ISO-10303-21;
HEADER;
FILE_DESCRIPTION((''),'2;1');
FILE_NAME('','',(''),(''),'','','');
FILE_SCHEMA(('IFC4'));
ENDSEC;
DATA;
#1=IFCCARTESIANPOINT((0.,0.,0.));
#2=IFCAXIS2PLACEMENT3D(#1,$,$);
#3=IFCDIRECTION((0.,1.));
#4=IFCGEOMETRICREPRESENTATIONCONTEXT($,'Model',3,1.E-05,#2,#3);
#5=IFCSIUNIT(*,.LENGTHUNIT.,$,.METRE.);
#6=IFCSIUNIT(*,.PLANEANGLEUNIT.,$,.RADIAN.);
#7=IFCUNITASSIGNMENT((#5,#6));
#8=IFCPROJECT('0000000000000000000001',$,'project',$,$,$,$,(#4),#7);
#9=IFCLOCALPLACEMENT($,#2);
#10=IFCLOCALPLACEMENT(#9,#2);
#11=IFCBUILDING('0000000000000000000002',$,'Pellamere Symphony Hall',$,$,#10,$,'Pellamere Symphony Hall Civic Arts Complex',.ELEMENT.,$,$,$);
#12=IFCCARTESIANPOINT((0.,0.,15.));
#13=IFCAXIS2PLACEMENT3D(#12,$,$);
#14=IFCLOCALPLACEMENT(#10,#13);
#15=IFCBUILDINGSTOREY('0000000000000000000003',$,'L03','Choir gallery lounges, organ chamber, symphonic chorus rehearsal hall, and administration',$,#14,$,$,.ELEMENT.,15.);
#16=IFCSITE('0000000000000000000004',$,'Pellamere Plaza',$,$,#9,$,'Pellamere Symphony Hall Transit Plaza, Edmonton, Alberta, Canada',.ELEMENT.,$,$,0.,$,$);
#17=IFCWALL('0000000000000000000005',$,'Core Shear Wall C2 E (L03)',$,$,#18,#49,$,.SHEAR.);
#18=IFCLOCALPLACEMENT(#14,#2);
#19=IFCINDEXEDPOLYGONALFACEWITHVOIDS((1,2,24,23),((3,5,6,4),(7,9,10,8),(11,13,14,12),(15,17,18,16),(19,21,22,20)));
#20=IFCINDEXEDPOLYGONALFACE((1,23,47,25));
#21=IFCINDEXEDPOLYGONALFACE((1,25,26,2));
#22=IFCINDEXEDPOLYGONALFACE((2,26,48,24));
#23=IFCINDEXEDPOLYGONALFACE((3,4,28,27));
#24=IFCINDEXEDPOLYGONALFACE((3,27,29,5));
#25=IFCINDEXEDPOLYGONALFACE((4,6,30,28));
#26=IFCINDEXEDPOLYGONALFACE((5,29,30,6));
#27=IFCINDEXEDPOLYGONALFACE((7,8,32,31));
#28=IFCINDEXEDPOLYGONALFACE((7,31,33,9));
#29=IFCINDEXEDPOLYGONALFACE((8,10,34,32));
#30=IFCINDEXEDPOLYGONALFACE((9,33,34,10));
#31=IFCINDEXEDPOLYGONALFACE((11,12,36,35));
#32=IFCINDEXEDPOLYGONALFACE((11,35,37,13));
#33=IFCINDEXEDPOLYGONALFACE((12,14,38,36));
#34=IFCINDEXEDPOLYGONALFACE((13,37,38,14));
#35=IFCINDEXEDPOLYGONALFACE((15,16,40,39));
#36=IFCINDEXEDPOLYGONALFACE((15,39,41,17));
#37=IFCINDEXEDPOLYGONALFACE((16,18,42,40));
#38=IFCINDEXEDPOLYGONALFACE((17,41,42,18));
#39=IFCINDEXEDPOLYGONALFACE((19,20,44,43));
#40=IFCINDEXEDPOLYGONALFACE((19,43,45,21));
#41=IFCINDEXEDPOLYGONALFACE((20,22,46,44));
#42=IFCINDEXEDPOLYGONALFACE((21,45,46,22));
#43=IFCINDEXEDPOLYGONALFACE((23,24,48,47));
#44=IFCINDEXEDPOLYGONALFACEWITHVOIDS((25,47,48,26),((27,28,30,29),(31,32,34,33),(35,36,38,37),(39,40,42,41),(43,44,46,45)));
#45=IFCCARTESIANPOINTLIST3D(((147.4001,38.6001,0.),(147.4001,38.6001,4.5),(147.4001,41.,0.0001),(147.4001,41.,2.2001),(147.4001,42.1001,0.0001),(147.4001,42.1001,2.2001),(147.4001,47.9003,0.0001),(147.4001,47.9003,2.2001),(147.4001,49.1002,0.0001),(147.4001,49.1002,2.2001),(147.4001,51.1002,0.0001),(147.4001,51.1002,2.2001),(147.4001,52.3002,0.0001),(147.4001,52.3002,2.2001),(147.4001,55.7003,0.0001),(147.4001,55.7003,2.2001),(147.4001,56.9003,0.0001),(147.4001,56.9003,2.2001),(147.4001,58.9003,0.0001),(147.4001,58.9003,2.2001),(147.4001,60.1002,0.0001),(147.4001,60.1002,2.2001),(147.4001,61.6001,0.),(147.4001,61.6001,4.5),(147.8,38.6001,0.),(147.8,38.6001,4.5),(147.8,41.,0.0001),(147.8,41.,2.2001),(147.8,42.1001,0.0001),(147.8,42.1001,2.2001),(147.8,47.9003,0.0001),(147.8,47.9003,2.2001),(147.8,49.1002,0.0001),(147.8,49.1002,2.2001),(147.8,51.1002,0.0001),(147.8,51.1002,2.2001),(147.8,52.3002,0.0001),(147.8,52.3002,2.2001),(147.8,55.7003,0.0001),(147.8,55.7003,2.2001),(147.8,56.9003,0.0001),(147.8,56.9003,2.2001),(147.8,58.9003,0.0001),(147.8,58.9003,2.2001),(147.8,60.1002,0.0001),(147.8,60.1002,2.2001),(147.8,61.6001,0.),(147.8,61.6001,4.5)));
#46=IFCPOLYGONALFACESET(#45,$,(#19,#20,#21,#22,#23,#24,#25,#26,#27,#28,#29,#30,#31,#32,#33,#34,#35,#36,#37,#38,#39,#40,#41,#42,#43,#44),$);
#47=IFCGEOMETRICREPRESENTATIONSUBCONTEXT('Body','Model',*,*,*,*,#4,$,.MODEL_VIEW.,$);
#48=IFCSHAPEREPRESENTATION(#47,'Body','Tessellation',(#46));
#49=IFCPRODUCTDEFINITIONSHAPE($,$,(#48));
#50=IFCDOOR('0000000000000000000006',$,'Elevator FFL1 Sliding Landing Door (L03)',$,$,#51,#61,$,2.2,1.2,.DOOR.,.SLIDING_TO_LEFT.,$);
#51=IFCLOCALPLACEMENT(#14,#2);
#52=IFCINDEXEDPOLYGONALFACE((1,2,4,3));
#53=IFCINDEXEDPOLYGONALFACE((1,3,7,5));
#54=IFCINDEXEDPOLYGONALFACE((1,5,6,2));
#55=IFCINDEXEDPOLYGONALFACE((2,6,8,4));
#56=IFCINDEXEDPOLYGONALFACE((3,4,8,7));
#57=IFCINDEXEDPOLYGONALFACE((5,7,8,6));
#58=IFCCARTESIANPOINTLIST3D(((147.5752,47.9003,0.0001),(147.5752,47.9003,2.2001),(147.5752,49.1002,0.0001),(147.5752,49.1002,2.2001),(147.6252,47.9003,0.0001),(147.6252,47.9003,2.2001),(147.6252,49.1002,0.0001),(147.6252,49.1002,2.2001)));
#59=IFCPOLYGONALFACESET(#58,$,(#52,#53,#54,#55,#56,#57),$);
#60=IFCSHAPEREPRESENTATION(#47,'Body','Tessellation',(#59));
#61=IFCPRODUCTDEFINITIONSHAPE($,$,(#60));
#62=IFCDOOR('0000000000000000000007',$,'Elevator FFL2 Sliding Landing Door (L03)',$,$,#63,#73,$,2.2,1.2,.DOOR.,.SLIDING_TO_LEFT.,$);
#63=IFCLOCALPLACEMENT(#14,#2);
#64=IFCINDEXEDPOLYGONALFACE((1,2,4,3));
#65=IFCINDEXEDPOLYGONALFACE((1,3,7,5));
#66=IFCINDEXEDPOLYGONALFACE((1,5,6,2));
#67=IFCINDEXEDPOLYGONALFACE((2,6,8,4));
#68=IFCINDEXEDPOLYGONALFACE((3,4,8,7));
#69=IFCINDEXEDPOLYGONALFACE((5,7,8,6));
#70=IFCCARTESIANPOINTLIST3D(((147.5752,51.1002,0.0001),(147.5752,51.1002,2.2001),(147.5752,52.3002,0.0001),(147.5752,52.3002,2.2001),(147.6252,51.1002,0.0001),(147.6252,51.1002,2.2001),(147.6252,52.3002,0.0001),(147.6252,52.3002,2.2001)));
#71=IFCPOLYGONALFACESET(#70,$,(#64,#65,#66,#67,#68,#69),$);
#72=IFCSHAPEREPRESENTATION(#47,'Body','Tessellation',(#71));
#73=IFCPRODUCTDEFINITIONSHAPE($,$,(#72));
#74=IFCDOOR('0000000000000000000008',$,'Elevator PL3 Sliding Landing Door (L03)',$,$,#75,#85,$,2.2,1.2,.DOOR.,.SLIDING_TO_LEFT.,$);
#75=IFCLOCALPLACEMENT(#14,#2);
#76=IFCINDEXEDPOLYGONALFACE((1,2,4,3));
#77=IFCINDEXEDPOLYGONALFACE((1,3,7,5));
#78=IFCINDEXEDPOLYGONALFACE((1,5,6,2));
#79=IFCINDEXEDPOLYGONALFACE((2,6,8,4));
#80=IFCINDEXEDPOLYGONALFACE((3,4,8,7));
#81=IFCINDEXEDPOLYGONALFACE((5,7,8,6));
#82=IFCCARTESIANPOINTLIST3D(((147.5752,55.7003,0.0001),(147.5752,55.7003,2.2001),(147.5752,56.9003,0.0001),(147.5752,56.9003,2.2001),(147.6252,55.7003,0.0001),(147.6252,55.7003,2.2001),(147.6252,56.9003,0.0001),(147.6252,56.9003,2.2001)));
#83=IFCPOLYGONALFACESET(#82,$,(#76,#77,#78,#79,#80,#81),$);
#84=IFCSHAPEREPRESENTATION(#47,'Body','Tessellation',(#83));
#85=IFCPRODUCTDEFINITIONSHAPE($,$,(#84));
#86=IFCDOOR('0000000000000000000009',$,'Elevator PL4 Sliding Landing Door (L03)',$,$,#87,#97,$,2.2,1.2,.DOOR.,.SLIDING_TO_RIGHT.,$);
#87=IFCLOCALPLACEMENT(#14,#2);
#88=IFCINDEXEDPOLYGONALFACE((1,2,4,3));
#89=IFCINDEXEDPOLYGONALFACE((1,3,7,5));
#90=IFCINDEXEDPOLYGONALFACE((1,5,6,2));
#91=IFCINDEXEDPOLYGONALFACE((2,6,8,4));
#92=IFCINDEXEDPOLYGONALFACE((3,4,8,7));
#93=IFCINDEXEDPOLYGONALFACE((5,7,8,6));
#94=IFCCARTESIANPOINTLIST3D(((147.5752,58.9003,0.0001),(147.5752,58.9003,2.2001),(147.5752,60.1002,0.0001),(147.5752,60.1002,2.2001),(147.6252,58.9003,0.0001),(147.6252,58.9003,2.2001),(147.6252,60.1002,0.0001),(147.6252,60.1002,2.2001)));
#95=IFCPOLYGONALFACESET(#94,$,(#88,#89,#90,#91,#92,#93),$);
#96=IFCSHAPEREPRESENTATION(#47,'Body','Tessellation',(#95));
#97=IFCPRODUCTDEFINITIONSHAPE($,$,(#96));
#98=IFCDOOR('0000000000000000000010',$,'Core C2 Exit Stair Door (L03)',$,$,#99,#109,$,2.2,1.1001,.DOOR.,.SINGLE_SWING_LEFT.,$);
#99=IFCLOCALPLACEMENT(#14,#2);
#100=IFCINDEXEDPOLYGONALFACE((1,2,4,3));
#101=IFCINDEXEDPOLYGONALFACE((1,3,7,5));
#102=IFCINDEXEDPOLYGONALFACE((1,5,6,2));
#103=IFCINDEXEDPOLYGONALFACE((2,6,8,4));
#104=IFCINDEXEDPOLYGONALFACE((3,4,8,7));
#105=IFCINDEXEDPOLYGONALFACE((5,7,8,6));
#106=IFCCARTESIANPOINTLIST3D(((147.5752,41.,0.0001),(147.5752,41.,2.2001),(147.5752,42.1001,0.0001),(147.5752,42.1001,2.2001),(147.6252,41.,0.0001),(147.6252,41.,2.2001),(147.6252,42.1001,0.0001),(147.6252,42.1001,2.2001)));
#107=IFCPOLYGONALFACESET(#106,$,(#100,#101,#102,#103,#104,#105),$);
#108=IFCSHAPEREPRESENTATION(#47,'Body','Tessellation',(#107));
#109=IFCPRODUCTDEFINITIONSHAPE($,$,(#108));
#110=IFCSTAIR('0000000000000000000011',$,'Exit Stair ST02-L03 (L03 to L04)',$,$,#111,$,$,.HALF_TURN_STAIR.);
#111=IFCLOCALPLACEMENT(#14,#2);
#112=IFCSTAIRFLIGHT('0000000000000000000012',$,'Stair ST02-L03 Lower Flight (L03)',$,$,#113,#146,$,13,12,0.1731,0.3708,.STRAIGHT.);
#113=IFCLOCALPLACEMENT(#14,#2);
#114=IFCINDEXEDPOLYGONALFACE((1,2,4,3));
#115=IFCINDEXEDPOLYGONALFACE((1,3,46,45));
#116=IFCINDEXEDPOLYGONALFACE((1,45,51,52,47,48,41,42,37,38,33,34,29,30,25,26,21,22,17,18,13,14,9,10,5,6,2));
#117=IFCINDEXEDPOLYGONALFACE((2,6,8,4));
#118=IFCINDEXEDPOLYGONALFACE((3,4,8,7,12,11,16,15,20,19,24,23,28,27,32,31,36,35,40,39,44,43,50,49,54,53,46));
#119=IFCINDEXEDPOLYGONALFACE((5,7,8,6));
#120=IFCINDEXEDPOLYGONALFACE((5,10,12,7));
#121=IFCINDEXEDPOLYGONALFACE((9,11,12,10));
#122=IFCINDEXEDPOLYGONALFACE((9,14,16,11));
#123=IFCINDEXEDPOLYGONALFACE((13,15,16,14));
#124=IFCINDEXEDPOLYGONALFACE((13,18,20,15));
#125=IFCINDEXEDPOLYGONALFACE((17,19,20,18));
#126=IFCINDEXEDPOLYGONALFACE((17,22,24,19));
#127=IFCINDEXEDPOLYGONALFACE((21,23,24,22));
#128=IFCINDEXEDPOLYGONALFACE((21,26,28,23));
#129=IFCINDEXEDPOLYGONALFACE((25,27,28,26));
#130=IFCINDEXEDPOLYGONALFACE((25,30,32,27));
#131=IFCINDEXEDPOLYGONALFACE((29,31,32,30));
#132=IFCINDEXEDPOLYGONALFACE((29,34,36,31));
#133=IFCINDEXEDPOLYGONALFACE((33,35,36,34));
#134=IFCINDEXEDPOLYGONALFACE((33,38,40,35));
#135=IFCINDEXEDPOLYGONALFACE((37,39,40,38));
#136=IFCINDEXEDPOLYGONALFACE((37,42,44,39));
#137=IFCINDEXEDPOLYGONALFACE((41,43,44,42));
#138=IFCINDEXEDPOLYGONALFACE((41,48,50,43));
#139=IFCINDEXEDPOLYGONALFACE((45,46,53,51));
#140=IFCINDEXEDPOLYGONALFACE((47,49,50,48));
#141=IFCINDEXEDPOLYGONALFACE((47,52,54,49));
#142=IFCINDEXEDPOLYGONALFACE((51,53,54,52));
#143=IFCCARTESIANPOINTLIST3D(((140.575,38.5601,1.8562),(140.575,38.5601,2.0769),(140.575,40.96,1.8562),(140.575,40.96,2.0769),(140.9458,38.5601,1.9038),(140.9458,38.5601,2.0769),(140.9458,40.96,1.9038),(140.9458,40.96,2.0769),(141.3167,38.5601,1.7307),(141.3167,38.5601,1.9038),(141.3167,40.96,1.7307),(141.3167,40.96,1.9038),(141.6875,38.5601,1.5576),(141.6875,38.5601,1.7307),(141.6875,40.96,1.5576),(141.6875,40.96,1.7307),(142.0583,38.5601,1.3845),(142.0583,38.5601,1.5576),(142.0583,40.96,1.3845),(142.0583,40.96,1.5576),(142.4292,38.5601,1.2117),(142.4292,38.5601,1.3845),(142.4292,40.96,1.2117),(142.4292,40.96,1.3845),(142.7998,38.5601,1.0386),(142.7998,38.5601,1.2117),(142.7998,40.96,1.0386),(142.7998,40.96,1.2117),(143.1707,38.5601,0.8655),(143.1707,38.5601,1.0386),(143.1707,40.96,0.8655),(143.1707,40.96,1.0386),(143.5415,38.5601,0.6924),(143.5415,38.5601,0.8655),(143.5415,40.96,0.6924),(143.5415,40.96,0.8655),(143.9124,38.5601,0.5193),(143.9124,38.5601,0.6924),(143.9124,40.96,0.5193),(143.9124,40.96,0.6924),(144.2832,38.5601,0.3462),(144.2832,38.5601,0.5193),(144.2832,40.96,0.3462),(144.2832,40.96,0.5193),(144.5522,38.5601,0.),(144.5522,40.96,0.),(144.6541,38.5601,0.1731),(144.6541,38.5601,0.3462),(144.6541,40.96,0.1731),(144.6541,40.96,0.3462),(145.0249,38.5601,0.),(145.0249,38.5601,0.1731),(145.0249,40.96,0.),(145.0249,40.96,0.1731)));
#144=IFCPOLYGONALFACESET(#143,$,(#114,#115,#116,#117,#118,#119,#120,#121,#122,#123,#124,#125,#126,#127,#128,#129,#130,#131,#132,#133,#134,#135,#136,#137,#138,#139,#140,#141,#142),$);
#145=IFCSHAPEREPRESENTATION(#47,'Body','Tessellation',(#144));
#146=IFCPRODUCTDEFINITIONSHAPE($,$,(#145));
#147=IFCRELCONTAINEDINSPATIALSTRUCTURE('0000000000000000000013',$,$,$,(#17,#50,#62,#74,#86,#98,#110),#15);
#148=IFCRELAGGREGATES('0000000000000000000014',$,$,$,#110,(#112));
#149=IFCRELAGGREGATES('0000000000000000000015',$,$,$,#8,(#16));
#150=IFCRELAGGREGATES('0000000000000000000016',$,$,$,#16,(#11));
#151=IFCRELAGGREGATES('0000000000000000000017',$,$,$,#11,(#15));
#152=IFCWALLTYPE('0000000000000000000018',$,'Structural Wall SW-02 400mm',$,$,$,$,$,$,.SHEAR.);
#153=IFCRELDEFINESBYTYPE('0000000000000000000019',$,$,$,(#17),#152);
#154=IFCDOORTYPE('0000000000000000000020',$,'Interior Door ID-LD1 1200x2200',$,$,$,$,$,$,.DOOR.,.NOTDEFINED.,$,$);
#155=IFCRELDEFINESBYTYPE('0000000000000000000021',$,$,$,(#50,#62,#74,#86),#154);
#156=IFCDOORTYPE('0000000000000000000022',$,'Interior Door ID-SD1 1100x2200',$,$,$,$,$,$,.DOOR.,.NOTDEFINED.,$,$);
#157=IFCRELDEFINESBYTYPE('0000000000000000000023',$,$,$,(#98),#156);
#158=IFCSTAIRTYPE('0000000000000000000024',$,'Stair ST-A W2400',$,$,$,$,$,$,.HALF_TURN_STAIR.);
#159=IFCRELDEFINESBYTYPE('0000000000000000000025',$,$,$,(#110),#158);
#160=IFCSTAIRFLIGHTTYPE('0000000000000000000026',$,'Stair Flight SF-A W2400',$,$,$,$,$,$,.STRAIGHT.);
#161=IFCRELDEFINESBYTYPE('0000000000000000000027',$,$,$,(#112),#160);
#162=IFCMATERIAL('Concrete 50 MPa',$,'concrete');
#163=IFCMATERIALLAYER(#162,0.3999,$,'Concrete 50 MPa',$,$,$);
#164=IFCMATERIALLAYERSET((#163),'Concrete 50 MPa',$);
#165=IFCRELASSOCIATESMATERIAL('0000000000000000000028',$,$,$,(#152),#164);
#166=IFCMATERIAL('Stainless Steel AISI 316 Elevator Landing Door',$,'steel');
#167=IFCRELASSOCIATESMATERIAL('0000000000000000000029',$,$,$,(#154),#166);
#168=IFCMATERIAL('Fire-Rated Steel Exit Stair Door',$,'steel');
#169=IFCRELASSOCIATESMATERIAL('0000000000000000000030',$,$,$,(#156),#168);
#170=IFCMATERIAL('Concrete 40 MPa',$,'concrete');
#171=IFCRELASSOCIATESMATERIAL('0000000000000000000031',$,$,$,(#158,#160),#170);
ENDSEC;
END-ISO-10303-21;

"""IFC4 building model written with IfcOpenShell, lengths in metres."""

from ifc_helpers import new_model, si_unit, direction, frame, frame_2d, origin, place, context, subcontext, project, spatial, polyline, rectangle, outline, extrude, material, layer, layer_set, type_object, element, fill, aggregate, save


model = new_model("IFC4")

# Units and contexts
model_context = context("Model", 3, precision=1e-05, world=origin(), true_north=direction((0.0, 1.0)))
body_context = subcontext(model_context, "Body", "Model", "MODEL_VIEW")
ifc_project = project(units=[si_unit("LENGTHUNIT", "METRE"), si_unit("PLANEANGLEUNIT", "RADIAN")], contexts=[model_context])

# Site, building, storey
site_placement = place(None, origin())
site = spatial("IfcSite", under=ifc_project, at=site_placement, Name="Pellamere Plaza", LongName="Pellamere Symphony Hall Transit Plaza, Edmonton, Alberta, Canada", CompositionType="ELEMENT", RefElevation=0.0)
building_placement = place(site_placement, origin())
building = spatial("IfcBuilding", under=site, at=building_placement, Name="Pellamere Symphony Hall", LongName="Pellamere Symphony Hall Civic Arts Complex", CompositionType="ELEMENT")
storey_placement = place(building_placement, frame((0.0, 0.0, 15.0)))
storey = spatial("IfcBuildingStorey", under=building, at=storey_placement, Name="L03", Description="Choir gallery lounges, organ chamber, symphonic chorus rehearsal hall, and administration", CompositionType="ELEMENT", Elevation=15.0)

# Shared definitions
ifc_material_1 = material(Name="Concrete 40 MPa", Category="concrete")

# Wall, openings, doors
ifc_material_2 = material(Name="Concrete 50 MPa", Category="concrete")
ifc_layer_1 = layer(ifc_material_2, 0.3999, Name="Concrete 50 MPa")
ifc_layer_set_1 = layer_set([ifc_layer_1], Name="Concrete 50 MPa")
wall_type_1 = type_object("IfcWallType", Name="Structural Wall SW-02 400mm", PredefinedType="SHEAR", material=ifc_layer_set_1)
wall_1_placement = place(storey_placement, frame((147.6001, 38.6001, 0.0), z_axis=(0.0, 0.0, 1.0), x_axis=(0.0, 1.0, 0.0)))
wall_1 = element("IfcWall", 1, at=wall_1_placement, inside=storey, type_object=wall_type_1, Name="Core Shear Wall C2 E (L03)", PredefinedType="SHEAR", context=body_context, shape_type="SweptSolid", body=[
    extrude(rectangle(XDim=23.0, YDim=0.3999, at=frame_2d((11.5, 0.0))), origin(), (0.0, 0.0, 1.0), 4.5),
])
opening_1_placement = place(wall_1_placement, frame((9.3, 0.0, 0.0)))
opening_1 = element("IfcOpeningElement", 2, at=opening_1_placement, cuts=wall_1, PredefinedType="OPENING", context=body_context, shape_type="SweptSolid", body=[
    extrude(rectangle(XDim=1.2, YDim=2.2, at=frame_2d((0.6001, 1.1001))), frame((0.0, 0.21, 0.0), z_axis=(0.0, -1.0, 0.0), x_axis=(1.0, 0.0, 0.0)), (0.0, 0.0, 1.0), 0.4199),
])
opening_2_placement = place(wall_1_placement, frame((12.5, 0.0, 0.0)))
opening_2 = element("IfcOpeningElement", 3, at=opening_2_placement, cuts=wall_1, PredefinedType="OPENING", context=body_context, shape_type="SweptSolid", body=[
    extrude(rectangle(XDim=1.2, YDim=2.2, at=frame_2d((0.6001, 1.1001))), frame((0.0, 0.21, 0.0), z_axis=(0.0, -1.0, 0.0), x_axis=(1.0, 0.0, 0.0)), (0.0, 0.0, 1.0), 0.4199),
])
opening_3_placement = place(wall_1_placement, frame((17.1001, 0.0, 0.0)))
opening_3 = element("IfcOpeningElement", 4, at=opening_3_placement, cuts=wall_1, PredefinedType="OPENING", context=body_context, shape_type="SweptSolid", body=[
    extrude(rectangle(XDim=1.2, YDim=2.2, at=frame_2d((0.6001, 1.1001))), frame((0.0, 0.21, 0.0), z_axis=(0.0, -1.0, 0.0), x_axis=(1.0, 0.0, 0.0)), (0.0, 0.0, 1.0), 0.4199),
])
opening_4_placement = place(wall_1_placement, frame((20.3, 0.0, 0.0)))
opening_4 = element("IfcOpeningElement", 5, at=opening_4_placement, cuts=wall_1, PredefinedType="OPENING", context=body_context, shape_type="SweptSolid", body=[
    extrude(rectangle(XDim=1.2, YDim=2.2, at=frame_2d((0.6001, 1.1001))), frame((0.0, 0.21, 0.0), z_axis=(0.0, -1.0, 0.0), x_axis=(1.0, 0.0, 0.0)), (0.0, 0.0, 1.0), 0.4199),
])
opening_5_placement = place(wall_1_placement, frame((2.3999, 0.0, 0.0)))
opening_5 = element("IfcOpeningElement", 6, at=opening_5_placement, cuts=wall_1, PredefinedType="OPENING", context=body_context, shape_type="SweptSolid", body=[
    extrude(rectangle(XDim=1.1001, YDim=2.2, at=frame_2d((0.55, 1.1001))), frame((0.0, 0.21, 0.0), z_axis=(0.0, -1.0, 0.0), x_axis=(1.0, 0.0, 0.0)), (0.0, 0.0, 1.0), 0.4199),
])
ifc_material_3 = material(Name="Stainless Steel AISI 316 Elevator Landing Door", Category="steel")
door_type_1 = type_object("IfcDoorType", Name="Interior Door ID-LD1 1200x2200", OperationType="NOTDEFINED", PredefinedType="DOOR", material=ifc_material_3)
door_1_placement = place(opening_1_placement, origin())
door_1 = element("IfcDoor", 7, at=door_1_placement, inside=storey, type_object=door_type_1, Name="Elevator FFL1 Sliding Landing Door (L03)", OperationType="SLIDING_TO_LEFT", OverallHeight=2.2, OverallWidth=1.2, PredefinedType="DOOR", context=body_context, shape_type="SweptSolid", body=[
    extrude(rectangle(XDim=1.2, YDim=2.2, at=frame_2d((0.6001, 1.1001))), frame((0.0, 0.0249, 0.0), z_axis=(0.0, -1.0, 0.0), x_axis=(1.0, 0.0, 0.0)), (0.0, 0.0, 1.0), 0.05),
])
fill(opening_1, door_1)
door_2_placement = place(opening_2_placement, origin())
door_2 = element("IfcDoor", 8, at=door_2_placement, inside=storey, type_object=door_type_1, Name="Elevator FFL2 Sliding Landing Door (L03)", OperationType="SLIDING_TO_LEFT", OverallHeight=2.2, OverallWidth=1.2, PredefinedType="DOOR", context=body_context, shape_type="SweptSolid", body=[
    extrude(rectangle(XDim=1.2, YDim=2.2, at=frame_2d((0.6001, 1.1001))), frame((0.0, 0.0249, 0.0), z_axis=(0.0, -1.0, 0.0), x_axis=(1.0, 0.0, 0.0)), (0.0, 0.0, 1.0), 0.05),
])
fill(opening_2, door_2)
door_3_placement = place(opening_3_placement, origin())
door_3 = element("IfcDoor", 9, at=door_3_placement, inside=storey, type_object=door_type_1, Name="Elevator PL3 Sliding Landing Door (L03)", OperationType="SLIDING_TO_LEFT", OverallHeight=2.2, OverallWidth=1.2, PredefinedType="DOOR", context=body_context, shape_type="SweptSolid", body=[
    extrude(rectangle(XDim=1.2, YDim=2.2, at=frame_2d((0.6001, 1.1001))), frame((0.0, 0.0249, 0.0), z_axis=(0.0, -1.0, 0.0), x_axis=(1.0, 0.0, 0.0)), (0.0, 0.0, 1.0), 0.05),
])
fill(opening_3, door_3)
door_4_placement = place(opening_4_placement, origin())
door_4 = element("IfcDoor", 10, at=door_4_placement, inside=storey, type_object=door_type_1, Name="Elevator PL4 Sliding Landing Door (L03)", OperationType="SLIDING_TO_RIGHT", OverallHeight=2.2, OverallWidth=1.2, PredefinedType="DOOR", context=body_context, shape_type="SweptSolid", body=[
    extrude(rectangle(XDim=1.2, YDim=2.2, at=frame_2d((0.6001, 1.1001))), frame((0.0, 0.0249, 0.0), z_axis=(0.0, -1.0, 0.0), x_axis=(1.0, 0.0, 0.0)), (0.0, 0.0, 1.0), 0.05),
])
fill(opening_4, door_4)
ifc_material_4 = material(Name="Fire-Rated Steel Exit Stair Door", Category="steel")
door_type_2 = type_object("IfcDoorType", Name="Interior Door ID-SD1 1100x2200", OperationType="NOTDEFINED", PredefinedType="DOOR", material=ifc_material_4)
door_5_placement = place(opening_5_placement, origin())
door_5 = element("IfcDoor", 11, at=door_5_placement, inside=storey, type_object=door_type_2, Name="Core C2 Exit Stair Door (L03)", OperationType="SINGLE_SWING_LEFT", OverallHeight=2.2, OverallWidth=1.1001, PredefinedType="DOOR", context=body_context, shape_type="SweptSolid", body=[
    extrude(rectangle(XDim=1.1001, YDim=2.2, at=frame_2d((0.55, 1.1001))), frame((0.0, 0.0249, 0.0), z_axis=(0.0, -1.0, 0.0), x_axis=(1.0, 0.0, 0.0)), (0.0, 0.0, 1.0), 0.05),
])
fill(opening_5, door_5)

# Stair, stair flight
stair_type = type_object("IfcStairType", Name="Stair ST-A W2400", PredefinedType="HALF_TURN_STAIR", material=ifc_material_1)
stair_placement = place(storey_placement, origin())
stair = element("IfcStair", 12, at=stair_placement, inside=storey, type_object=stair_type, Name="Exit Stair ST02-L03 (L03 to L04)", PredefinedType="HALF_TURN_STAIR")
stair_flight_type = type_object("IfcStairFlightType", Name="Stair Flight SF-A W2400", PredefinedType="STRAIGHT", material=ifc_material_1)
stair_flight_placement = place(storey_placement, frame((145.0249, 39.76, 0.0), z_axis=(0.0, 0.0, 1.0), x_axis=(-1.0, 0.0, 0.0)))
stair_flight = element("IfcStairFlight", 13, at=stair_flight_placement, type_object=stair_flight_type, Name="Stair ST02-L03 Lower Flight (L03)", NumberOfRisers=13, NumberOfTreads=12, PredefinedType="STRAIGHT", RiserHeight=0.1731, TreadLength=0.3708, context=body_context, shape_type="SweptSolid", body=[
    extrude(outline(polyline([(0.0, 0.0), (0.0, 0.1731), (0.3708, 0.1731), (0.3708, 0.3462), (0.7417, 0.3462), (0.7417, 0.5193), (1.1125, 0.5193), (1.1125, 0.6924), (1.4834, 0.6924), (1.4834, 0.8655), (1.8542, 0.8655), (1.8542, 1.0386), (2.2251, 1.0386), (2.2251, 1.2117), (2.5957, 1.2117), (2.5957, 1.3845), (2.9666, 1.3845), (2.9666, 1.5576), (3.3374, 1.5576), (3.3374, 1.7307), (3.7083, 1.7307), (3.7083, 1.9038), (4.0791, 1.9038), (4.0791, 2.0769), (4.45, 2.0769), (4.45, 2.25), (4.45, 1.8562), (0.4727, 0.0), (0.0, 0.0)])), frame((0.0, 1.2, 0.0), z_axis=(0.0, -1.0, 0.0), x_axis=(1.0, 0.0, 0.0)), (0.0, 0.0, 1.0), 2.3999),
])
aggregate(stair, [stair_flight])

save(model, "model.ifc")
